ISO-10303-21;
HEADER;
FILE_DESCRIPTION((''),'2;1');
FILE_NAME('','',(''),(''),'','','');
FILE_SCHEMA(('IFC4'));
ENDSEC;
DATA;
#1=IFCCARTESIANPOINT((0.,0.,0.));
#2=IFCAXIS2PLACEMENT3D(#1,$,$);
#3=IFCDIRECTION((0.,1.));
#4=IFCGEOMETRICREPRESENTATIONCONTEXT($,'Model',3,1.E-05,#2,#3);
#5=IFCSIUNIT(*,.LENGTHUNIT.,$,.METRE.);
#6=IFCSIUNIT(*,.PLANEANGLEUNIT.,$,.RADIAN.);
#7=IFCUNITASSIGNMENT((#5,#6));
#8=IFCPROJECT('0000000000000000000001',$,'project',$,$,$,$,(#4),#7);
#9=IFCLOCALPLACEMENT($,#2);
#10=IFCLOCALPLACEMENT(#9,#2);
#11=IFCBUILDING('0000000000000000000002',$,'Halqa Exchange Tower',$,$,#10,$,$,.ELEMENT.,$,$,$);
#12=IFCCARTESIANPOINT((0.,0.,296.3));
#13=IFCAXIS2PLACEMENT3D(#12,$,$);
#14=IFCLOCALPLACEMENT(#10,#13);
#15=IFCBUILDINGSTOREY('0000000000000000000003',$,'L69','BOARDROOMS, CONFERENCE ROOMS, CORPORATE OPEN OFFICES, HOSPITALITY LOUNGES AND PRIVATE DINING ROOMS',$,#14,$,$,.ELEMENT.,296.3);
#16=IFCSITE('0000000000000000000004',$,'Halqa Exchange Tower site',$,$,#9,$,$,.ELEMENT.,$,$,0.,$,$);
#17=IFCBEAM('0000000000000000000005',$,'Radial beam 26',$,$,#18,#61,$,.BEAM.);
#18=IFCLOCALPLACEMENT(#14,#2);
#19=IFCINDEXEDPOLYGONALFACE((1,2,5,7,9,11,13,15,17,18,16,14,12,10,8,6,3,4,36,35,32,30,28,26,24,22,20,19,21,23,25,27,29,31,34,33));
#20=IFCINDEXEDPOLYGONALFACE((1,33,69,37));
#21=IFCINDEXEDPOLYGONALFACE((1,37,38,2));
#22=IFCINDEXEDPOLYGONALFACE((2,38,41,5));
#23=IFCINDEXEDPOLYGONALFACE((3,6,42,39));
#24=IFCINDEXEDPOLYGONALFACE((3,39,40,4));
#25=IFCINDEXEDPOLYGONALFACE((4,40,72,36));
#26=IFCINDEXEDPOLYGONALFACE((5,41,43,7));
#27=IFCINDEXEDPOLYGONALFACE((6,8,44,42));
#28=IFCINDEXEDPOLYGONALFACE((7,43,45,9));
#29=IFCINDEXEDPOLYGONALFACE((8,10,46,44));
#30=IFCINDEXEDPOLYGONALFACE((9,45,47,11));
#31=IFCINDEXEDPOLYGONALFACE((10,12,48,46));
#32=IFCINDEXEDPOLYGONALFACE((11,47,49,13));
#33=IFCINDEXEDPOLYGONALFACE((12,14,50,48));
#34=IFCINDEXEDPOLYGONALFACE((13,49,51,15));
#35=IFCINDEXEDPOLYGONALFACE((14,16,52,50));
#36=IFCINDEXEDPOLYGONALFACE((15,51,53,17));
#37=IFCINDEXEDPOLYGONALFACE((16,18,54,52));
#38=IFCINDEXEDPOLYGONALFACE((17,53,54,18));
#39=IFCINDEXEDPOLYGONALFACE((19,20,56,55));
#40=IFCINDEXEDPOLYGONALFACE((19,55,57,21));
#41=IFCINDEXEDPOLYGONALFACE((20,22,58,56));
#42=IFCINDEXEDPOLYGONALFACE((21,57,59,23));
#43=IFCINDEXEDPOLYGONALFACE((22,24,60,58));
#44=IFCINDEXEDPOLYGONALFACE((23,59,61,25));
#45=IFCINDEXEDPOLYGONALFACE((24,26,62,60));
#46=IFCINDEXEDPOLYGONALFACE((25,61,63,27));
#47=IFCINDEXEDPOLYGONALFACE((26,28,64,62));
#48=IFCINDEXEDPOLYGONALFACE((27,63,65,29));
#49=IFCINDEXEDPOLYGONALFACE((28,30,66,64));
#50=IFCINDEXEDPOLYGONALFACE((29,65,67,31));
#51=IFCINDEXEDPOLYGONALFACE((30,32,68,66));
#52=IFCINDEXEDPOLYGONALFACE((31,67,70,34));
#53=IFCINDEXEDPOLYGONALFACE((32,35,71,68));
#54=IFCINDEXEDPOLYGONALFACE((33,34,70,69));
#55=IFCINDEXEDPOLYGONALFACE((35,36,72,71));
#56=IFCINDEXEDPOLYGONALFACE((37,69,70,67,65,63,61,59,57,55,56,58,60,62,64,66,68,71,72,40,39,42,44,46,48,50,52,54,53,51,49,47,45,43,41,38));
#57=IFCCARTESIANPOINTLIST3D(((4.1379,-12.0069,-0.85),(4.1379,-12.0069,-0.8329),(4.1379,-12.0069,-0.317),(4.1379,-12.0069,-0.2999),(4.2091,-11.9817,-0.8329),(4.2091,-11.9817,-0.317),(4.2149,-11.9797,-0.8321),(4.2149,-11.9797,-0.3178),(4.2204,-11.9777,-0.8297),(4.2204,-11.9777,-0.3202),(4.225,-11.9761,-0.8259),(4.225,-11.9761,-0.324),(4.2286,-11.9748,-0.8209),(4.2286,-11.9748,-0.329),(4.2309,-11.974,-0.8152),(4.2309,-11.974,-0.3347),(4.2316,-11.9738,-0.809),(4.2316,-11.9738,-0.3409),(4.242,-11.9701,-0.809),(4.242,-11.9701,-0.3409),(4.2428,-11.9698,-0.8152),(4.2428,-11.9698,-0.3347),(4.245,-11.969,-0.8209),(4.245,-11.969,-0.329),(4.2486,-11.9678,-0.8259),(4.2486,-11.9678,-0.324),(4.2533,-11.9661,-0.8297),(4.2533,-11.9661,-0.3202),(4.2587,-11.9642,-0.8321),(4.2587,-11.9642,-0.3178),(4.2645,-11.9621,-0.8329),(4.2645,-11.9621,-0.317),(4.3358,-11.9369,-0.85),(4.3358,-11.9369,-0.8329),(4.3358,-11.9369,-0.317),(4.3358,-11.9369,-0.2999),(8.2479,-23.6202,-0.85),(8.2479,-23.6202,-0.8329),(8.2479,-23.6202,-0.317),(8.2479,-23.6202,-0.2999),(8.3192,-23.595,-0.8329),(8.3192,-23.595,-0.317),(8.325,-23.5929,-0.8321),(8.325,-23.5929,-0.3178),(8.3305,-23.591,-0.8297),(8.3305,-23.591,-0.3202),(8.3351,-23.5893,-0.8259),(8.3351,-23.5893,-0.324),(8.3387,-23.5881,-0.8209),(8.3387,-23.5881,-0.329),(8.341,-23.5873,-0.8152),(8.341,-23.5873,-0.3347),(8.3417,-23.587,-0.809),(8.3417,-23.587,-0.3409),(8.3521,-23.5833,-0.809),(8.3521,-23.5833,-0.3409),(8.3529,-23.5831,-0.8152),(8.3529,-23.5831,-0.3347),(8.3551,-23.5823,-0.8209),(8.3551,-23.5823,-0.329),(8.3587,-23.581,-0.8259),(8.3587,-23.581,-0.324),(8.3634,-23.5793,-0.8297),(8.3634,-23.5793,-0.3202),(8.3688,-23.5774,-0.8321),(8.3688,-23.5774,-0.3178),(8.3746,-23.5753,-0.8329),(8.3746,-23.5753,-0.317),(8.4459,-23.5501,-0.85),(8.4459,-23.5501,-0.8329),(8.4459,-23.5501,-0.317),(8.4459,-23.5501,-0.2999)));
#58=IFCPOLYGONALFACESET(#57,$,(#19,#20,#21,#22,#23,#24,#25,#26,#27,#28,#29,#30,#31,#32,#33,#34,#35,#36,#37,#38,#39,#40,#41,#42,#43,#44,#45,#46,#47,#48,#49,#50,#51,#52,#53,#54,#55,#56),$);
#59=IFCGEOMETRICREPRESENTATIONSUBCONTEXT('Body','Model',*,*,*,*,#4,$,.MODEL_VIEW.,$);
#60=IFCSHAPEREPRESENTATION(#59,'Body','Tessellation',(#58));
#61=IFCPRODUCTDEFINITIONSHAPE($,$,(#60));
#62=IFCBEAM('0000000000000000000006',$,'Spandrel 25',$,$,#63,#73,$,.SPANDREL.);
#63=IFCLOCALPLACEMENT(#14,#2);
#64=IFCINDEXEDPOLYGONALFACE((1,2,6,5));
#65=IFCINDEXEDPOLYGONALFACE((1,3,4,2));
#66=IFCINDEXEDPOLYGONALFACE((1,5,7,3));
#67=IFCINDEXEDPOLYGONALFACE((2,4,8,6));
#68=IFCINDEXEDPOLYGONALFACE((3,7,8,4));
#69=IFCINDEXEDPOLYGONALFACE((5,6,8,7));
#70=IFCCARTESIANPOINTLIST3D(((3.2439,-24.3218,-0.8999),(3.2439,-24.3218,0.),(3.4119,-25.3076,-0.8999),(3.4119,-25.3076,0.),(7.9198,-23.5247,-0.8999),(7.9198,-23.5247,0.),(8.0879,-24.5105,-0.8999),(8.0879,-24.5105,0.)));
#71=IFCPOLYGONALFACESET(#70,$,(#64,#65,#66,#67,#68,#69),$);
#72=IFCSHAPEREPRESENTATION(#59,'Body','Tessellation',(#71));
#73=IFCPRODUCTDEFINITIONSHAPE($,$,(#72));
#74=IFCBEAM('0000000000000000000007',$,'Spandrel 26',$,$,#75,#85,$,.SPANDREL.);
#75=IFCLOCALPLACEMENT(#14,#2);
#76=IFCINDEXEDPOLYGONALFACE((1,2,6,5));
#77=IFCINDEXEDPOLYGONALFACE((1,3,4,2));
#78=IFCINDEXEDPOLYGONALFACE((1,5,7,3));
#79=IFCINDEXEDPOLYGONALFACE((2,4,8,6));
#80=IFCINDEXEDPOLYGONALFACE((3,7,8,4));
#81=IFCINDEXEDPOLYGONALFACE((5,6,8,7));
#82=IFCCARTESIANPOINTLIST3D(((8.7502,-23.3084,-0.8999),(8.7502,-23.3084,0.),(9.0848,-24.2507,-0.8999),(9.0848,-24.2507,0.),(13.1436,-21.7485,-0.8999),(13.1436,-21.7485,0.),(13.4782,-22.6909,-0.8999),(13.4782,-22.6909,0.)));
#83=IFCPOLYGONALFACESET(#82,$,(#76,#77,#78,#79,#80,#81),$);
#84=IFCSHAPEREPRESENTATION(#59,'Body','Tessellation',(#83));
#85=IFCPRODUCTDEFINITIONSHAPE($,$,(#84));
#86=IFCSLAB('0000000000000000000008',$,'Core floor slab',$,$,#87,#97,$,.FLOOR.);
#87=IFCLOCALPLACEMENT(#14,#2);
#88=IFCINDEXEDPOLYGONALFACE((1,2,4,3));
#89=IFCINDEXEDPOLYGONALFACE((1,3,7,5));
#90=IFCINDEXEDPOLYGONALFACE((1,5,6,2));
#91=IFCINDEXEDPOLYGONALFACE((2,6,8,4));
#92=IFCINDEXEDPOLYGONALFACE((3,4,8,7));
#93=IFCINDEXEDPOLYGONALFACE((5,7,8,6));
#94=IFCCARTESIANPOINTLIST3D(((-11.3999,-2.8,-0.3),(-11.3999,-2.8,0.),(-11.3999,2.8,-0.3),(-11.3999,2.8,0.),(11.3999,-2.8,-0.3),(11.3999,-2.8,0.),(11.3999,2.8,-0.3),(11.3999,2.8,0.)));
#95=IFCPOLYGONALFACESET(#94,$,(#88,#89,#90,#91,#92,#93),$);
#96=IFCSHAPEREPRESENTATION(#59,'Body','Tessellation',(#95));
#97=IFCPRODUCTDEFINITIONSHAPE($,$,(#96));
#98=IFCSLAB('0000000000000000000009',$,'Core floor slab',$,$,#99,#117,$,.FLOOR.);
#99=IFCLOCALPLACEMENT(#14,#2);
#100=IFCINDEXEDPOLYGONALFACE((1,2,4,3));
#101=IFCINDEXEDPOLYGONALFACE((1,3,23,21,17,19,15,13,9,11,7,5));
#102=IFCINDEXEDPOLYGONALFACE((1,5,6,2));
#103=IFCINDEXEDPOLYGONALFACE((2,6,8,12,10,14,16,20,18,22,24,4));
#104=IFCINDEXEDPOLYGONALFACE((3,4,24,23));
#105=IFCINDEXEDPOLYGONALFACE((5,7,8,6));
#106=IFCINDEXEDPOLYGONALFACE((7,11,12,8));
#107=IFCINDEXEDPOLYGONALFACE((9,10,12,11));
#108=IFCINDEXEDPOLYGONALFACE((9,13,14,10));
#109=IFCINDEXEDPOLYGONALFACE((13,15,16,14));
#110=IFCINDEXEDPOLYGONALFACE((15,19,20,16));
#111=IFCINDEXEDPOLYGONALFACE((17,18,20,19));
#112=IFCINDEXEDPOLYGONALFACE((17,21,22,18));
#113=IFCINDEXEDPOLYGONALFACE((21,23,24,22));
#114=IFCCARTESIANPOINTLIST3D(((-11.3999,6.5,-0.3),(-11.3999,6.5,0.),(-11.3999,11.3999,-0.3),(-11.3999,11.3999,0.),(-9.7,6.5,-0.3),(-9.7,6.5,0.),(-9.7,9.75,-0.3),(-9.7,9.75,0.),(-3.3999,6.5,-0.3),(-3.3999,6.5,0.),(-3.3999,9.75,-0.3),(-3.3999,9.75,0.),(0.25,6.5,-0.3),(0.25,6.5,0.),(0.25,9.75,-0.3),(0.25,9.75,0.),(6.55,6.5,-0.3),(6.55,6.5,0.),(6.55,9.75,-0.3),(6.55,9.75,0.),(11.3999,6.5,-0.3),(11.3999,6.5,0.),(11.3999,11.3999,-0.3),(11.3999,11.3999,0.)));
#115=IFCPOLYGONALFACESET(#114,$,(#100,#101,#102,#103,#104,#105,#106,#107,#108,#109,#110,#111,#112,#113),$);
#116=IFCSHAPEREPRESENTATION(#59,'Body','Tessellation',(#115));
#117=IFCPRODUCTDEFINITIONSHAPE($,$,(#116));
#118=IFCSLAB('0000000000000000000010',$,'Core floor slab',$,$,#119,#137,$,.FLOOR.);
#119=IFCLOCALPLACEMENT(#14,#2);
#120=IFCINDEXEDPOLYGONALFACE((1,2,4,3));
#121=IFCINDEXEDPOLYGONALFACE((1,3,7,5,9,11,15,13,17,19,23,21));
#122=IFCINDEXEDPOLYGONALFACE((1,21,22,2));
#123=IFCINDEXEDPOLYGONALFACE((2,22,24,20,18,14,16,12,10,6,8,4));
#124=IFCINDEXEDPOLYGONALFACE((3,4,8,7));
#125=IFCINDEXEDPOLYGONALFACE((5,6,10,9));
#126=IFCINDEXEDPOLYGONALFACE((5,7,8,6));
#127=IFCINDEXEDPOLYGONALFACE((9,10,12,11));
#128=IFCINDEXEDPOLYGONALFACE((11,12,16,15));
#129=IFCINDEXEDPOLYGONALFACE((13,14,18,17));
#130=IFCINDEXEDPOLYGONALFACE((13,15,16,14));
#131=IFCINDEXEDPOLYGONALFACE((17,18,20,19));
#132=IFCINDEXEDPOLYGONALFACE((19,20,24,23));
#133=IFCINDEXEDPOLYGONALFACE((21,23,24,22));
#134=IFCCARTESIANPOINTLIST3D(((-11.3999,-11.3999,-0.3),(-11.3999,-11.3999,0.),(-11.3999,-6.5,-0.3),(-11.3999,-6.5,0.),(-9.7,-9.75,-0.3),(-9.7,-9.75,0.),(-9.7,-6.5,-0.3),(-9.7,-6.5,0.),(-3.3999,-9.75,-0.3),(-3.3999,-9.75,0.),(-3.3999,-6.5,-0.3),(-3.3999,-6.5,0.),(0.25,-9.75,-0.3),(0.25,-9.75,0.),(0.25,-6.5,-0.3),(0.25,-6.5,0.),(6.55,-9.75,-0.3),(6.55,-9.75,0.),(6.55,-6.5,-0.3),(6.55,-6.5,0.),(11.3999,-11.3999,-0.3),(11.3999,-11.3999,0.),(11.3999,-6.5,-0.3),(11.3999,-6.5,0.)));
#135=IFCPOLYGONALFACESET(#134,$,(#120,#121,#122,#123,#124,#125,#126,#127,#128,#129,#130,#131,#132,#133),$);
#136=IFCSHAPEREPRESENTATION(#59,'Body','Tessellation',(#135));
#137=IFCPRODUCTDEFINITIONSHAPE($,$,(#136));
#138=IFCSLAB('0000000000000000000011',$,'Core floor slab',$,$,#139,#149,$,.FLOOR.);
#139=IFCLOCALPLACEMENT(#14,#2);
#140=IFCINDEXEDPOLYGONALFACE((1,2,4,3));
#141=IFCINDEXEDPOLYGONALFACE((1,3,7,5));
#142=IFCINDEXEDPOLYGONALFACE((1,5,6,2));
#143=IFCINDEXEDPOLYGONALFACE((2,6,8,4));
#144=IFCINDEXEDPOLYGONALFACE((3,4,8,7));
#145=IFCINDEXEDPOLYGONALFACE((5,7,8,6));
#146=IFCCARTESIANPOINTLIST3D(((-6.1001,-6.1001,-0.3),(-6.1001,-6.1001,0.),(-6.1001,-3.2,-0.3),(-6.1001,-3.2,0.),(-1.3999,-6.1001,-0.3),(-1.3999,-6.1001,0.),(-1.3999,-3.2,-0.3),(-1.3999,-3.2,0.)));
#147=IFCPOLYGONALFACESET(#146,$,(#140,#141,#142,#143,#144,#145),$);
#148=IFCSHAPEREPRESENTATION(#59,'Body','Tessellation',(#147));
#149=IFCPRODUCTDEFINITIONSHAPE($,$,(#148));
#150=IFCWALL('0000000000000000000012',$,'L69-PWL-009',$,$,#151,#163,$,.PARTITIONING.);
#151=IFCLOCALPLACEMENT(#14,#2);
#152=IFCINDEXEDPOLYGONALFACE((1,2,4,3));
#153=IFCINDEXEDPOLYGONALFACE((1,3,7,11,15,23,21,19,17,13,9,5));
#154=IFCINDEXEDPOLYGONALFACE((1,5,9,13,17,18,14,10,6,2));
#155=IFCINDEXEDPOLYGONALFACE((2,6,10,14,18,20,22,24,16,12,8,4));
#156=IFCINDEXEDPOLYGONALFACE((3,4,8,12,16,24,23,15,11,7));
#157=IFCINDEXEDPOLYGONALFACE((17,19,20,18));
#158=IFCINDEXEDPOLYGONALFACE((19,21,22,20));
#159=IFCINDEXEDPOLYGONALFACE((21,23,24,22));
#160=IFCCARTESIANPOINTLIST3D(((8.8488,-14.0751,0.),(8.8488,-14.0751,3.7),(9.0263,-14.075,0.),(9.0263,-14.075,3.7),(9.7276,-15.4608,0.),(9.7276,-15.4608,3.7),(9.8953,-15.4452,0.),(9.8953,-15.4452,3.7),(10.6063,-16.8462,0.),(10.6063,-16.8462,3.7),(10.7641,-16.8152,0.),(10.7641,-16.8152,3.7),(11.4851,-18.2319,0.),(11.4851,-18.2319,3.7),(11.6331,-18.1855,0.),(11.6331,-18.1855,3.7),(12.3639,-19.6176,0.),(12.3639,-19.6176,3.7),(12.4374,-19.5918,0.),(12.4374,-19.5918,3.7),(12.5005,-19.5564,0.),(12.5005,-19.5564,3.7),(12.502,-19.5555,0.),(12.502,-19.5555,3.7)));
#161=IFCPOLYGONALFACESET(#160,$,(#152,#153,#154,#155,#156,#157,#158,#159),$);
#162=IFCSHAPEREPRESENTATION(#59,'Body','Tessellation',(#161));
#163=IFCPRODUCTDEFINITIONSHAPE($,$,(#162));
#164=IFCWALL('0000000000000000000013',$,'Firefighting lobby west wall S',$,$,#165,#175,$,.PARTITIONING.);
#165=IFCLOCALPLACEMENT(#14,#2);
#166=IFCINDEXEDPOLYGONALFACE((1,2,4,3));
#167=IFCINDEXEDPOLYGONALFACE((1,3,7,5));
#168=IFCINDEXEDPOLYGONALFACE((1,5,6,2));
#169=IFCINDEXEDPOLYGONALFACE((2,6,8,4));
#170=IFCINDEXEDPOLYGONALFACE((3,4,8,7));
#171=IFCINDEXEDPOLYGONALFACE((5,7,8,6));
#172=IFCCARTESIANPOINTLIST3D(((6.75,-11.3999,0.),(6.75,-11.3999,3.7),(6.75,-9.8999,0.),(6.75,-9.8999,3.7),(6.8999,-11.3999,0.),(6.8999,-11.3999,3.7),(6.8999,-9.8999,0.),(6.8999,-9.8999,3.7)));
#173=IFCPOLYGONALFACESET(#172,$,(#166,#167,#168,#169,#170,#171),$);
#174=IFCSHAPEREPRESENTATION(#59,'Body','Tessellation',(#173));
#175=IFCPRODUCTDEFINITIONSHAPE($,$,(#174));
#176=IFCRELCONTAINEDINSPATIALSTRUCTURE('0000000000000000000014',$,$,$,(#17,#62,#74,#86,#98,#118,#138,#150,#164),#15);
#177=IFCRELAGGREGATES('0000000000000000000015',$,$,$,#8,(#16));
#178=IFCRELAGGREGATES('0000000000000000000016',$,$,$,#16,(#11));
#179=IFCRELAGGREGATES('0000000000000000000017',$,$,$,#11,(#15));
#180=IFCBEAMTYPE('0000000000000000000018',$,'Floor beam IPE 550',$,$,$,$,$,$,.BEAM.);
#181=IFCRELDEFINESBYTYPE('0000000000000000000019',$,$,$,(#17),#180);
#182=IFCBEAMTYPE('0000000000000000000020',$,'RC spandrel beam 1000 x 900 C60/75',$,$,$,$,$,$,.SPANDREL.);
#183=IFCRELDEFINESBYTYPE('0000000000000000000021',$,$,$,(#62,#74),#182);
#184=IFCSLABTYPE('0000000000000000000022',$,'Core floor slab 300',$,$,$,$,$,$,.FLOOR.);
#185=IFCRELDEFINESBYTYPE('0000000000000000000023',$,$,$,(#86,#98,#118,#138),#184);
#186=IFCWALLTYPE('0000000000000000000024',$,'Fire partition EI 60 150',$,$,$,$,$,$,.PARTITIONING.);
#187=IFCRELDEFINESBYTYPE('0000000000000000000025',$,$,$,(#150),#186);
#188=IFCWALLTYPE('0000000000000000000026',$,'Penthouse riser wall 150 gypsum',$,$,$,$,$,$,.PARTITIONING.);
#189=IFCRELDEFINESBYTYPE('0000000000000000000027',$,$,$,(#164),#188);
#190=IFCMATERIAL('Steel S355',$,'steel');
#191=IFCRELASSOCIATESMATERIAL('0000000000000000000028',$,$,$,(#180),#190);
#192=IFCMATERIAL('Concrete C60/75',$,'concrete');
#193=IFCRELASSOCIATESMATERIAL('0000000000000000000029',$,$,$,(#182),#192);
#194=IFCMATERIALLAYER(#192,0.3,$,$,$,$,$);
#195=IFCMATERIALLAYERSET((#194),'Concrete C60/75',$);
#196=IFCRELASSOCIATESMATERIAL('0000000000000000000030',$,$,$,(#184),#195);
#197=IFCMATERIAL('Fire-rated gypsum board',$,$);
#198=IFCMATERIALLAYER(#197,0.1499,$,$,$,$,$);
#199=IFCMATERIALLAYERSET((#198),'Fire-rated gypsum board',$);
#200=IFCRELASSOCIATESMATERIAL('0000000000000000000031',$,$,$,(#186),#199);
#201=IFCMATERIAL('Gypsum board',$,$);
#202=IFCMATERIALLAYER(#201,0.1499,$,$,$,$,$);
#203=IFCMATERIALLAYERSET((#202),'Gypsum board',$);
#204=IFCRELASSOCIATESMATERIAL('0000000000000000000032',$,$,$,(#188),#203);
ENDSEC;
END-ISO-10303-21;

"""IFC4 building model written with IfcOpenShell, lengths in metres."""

from ifc_helpers import new_model, si_unit, direction, frame, frame_2d, origin, origin_2d, place, context, subcontext, project, spatial, polyline, rectangle, i_section, outline, extrude, material, layer, layer_set, material_profile, profile_set, type_object, element, save


model = new_model("IFC4")

# Units and contexts
model_context = context("Model", 3, precision=1e-05, world=origin(), true_north=direction((0.0, 1.0)))
body_context = subcontext(model_context, "Body", "Model", "MODEL_VIEW")
ifc_project = project(units=[si_unit("LENGTHUNIT", "METRE"), si_unit("PLANEANGLEUNIT", "RADIAN")], contexts=[model_context])

# Site, building, storey
site_placement = place(None, origin())
site = spatial("IfcSite", under=ifc_project, at=site_placement, Name="Halqa Exchange Tower site", CompositionType="ELEMENT", RefElevation=0.0)
building_placement = place(site_placement, origin())
building = spatial("IfcBuilding", under=site, at=building_placement, Name="Halqa Exchange Tower", CompositionType="ELEMENT")
storey_placement = place(building_placement, frame((0.0, 0.0, 296.3)))
storey = spatial("IfcBuildingStorey", under=building, at=storey_placement, Name="L69", Description="BOARDROOMS, CONFERENCE ROOMS, CORPORATE OPEN OFFICES, HOSPITALITY LOUNGES AND PRIVATE DINING ROOMS", CompositionType="ELEMENT", Elevation=296.3)

# Beams
ifc_material_1 = material(Name="Steel S355", Category="steel")
ifc_material_profile_1 = material_profile(ifc_material_1, i_section(OverallWidth=0.21, OverallDepth=0.55, WebThickness=0.011, FlangeThickness=0.0171, FilletRadius=0.0239, at=origin_2d()), Name="IPE 550")
ifc_profile_set_1 = profile_set([ifc_material_profile_1], Name="Steel S355")
beam_type_1 = type_object("IfcBeamType", Name="Floor beam IPE 550", PredefinedType="BEAM", material=ifc_profile_set_1)
beam_1_placement = place(storey_placement, frame((4.2368, -11.9719, -0.575), z_axis=(0.333636, -0.942702, 0.0), x_axis=(0.942702, 0.333636, 0.0)))
element("IfcBeam", 1, at=beam_1_placement, inside=storey, type_object=beam_type_1, Name="Radial beam 26", PredefinedType="BEAM", context=body_context, shape_type="SweptSolid", body=[
    extrude(i_section(OverallWidth=0.21, OverallDepth=0.55, WebThickness=0.011, FlangeThickness=0.0171, FilletRadius=0.0239, at=origin_2d()), origin(), (0.0, 0.0, 1.0), 12.3191),
])
ifc_material_2 = material(Name="Concrete C60/75", Category="concrete")
ifc_material_profile_2 = material_profile(ifc_material_2, rectangle(XDim=1.0, YDim=0.8999, at=origin_2d()), Name="1000 x 900")
ifc_profile_set_2 = profile_set([ifc_material_profile_2], Name="Concrete C60/75")
beam_type_2 = type_object("IfcBeamType", Name="RC spandrel beam 1000 x 900 C60/75", PredefinedType="SPANDREL", material=ifc_profile_set_2)
beam_2_placement = place(storey_placement, frame((3.3279, -24.8147, -0.45), z_axis=(0.985779, 0.168045, 0.0), x_axis=(-0.168045, 0.985779, 0.0)))
element("IfcBeam", 2, at=beam_2_placement, inside=storey, type_object=beam_type_2, Name="Spandrel 25", PredefinedType="SPANDREL", context=body_context, shape_type="SweptSolid", body=[
    extrude(rectangle(XDim=1.0, YDim=0.8999, at=origin_2d()), origin(), (0.0, 0.0, 1.0), 4.7434),
])
beam_3_placement = place(storey_placement, frame((8.9175, -23.7795, -0.45), z_axis=(0.942367, 0.334581, 0.0), x_axis=(-0.334581, 0.942367, 0.0)))
element("IfcBeam", 3, at=beam_3_placement, inside=storey, type_object=beam_type_2, Name="Spandrel 26", PredefinedType="SPANDREL", context=body_context, shape_type="SweptSolid", body=[
    extrude(rectangle(XDim=1.0, YDim=0.8999, at=origin_2d()), origin(), (0.0, 0.0, 1.0), 4.6621),
])

# Slabs
ifc_layer_1 = layer(ifc_material_2, 0.3)
ifc_layer_set_1 = layer_set([ifc_layer_1], Name="Concrete C60/75")
slab_type = type_object("IfcSlabType", Name="Core floor slab 300", PredefinedType="FLOOR", material=ifc_layer_set_1)
slab_1_placement = place(storey_placement, frame((0.0, 0.0, -0.3)))
element("IfcSlab", 4, at=slab_1_placement, inside=storey, type_object=slab_type, Name="Core floor slab", PredefinedType="FLOOR", context=body_context, shape_type="SweptSolid", body=[
    extrude(outline(polyline([(-11.3999, 2.8), (11.3999, 2.8), (11.3999, -2.8), (-11.3999, -2.8), (-11.3999, 2.8)])), origin(), (0.0, 0.0, 1.0), 0.3),
])
slab_2_placement = place(storey_placement, frame((0.0, 0.0, -0.3)))
element("IfcSlab", 5, at=slab_2_placement, inside=storey, type_object=slab_type, Name="Core floor slab", PredefinedType="FLOOR", context=body_context, shape_type="SweptSolid", body=[
    extrude(outline(polyline([(-11.3999, 11.3999), (11.3999, 11.3999), (11.3999, 6.5), (6.55, 6.5), (6.55, 9.75), (0.25, 9.75), (0.25, 6.5), (-3.3999, 6.5), (-3.3999, 9.75), (-9.7, 9.75), (-9.7, 6.5), (-11.3999, 6.5), (-11.3999, 11.3999)])), origin(), (0.0, 0.0, 1.0), 0.3),
])
slab_3_placement = place(storey_placement, frame((0.0, 0.0, -0.3)))
element("IfcSlab", 6, at=slab_3_placement, inside=storey, type_object=slab_type, Name="Core floor slab", PredefinedType="FLOOR", context=body_context, shape_type="SweptSolid", body=[
    extrude(outline(polyline([(-11.3999, -6.5), (-9.7, -6.5), (-9.7, -9.75), (-3.3999, -9.75), (-3.3999, -6.5), (0.25, -6.5), (0.25, -9.75), (6.55, -9.75), (6.55, -6.5), (11.3999, -6.5), (11.3999, -11.3999), (-11.3999, -11.3999), (-11.3999, -6.5)])), origin(), (0.0, 0.0, 1.0), 0.3),
])
slab_4_placement = place(storey_placement, frame((0.0, 0.0, -0.3)))
element("IfcSlab", 7, at=slab_4_placement, inside=storey, type_object=slab_type, Name="Core floor slab", PredefinedType="FLOOR", context=body_context, shape_type="SweptSolid", body=[
    extrude(outline(polyline([(-1.3999, -3.2), (-1.3999, -6.1001), (-6.1001, -6.1001), (-6.1001, -3.2), (-1.3999, -3.2)])), origin(), (0.0, 0.0, 1.0), 0.3),
])

# Walls
ifc_material_3 = material(Name="Fire-rated gypsum board")
ifc_layer_2 = layer(ifc_material_3, 0.1499)
ifc_layer_set_2 = layer_set([ifc_layer_2], Name="Fire-rated gypsum board")
wall_type_1 = type_object("IfcWallType", Name="Fire partition EI 60 150", PredefinedType="PARTITIONING", material=ifc_layer_set_2)
wall_1_placement = place(storey_placement, frame((8.9121, -14.0349, 0.0), z_axis=(0.0, 0.0, 1.0), x_axis=(0.53557, -0.844491, 0.0)))
element("IfcWall", 8, at=wall_1_placement, inside=storey, type_object=wall_type_1, Name="L69-PWL-009", PredefinedType="PARTITIONING", context=body_context, shape_type="SweptSolid", body=[
    extrude(outline(polyline([(0.0, -0.075), (1.6409, -0.075), (3.2815, -0.075), (4.9224, -0.075), (6.5632, -0.075), (6.5808, 0.001), (6.5847, 0.0732), (6.5847, 0.075), (4.9624, 0.075), (3.3398, 0.075), (1.7175, 0.075), (0.095, 0.075), (0.0, -0.075), (0.0, -0.075)])), origin(), (0.0, 0.0, 1.0), 3.7),
])
ifc_material_4 = material(Name="Gypsum board")
ifc_layer_3 = layer(ifc_material_4, 0.1499)
ifc_layer_set_3 = layer_set([ifc_layer_3], Name="Gypsum board")
wall_type_2 = type_object("IfcWallType", Name="Penthouse riser wall 150 gypsum", PredefinedType="PARTITIONING", material=ifc_layer_set_3)
wall_2_placement = place(storey_placement, frame((6.825, -11.3999, 0.0), z_axis=(0.0, 0.0, 1.0), x_axis=(0.0, 1.0, 0.0)))
element("IfcWall", 9, at=wall_2_placement, inside=storey, type_object=wall_type_2, Name="Firefighting lobby west wall S", PredefinedType="PARTITIONING", context=body_context, shape_type="SweptSolid", body=[
    extrude(rectangle(XDim=1.5, YDim=0.1499, at=frame_2d((0.75, 0.0))), origin(), (0.0, 0.0, 1.0), 3.7),
])

save(model, "model.ifc")
